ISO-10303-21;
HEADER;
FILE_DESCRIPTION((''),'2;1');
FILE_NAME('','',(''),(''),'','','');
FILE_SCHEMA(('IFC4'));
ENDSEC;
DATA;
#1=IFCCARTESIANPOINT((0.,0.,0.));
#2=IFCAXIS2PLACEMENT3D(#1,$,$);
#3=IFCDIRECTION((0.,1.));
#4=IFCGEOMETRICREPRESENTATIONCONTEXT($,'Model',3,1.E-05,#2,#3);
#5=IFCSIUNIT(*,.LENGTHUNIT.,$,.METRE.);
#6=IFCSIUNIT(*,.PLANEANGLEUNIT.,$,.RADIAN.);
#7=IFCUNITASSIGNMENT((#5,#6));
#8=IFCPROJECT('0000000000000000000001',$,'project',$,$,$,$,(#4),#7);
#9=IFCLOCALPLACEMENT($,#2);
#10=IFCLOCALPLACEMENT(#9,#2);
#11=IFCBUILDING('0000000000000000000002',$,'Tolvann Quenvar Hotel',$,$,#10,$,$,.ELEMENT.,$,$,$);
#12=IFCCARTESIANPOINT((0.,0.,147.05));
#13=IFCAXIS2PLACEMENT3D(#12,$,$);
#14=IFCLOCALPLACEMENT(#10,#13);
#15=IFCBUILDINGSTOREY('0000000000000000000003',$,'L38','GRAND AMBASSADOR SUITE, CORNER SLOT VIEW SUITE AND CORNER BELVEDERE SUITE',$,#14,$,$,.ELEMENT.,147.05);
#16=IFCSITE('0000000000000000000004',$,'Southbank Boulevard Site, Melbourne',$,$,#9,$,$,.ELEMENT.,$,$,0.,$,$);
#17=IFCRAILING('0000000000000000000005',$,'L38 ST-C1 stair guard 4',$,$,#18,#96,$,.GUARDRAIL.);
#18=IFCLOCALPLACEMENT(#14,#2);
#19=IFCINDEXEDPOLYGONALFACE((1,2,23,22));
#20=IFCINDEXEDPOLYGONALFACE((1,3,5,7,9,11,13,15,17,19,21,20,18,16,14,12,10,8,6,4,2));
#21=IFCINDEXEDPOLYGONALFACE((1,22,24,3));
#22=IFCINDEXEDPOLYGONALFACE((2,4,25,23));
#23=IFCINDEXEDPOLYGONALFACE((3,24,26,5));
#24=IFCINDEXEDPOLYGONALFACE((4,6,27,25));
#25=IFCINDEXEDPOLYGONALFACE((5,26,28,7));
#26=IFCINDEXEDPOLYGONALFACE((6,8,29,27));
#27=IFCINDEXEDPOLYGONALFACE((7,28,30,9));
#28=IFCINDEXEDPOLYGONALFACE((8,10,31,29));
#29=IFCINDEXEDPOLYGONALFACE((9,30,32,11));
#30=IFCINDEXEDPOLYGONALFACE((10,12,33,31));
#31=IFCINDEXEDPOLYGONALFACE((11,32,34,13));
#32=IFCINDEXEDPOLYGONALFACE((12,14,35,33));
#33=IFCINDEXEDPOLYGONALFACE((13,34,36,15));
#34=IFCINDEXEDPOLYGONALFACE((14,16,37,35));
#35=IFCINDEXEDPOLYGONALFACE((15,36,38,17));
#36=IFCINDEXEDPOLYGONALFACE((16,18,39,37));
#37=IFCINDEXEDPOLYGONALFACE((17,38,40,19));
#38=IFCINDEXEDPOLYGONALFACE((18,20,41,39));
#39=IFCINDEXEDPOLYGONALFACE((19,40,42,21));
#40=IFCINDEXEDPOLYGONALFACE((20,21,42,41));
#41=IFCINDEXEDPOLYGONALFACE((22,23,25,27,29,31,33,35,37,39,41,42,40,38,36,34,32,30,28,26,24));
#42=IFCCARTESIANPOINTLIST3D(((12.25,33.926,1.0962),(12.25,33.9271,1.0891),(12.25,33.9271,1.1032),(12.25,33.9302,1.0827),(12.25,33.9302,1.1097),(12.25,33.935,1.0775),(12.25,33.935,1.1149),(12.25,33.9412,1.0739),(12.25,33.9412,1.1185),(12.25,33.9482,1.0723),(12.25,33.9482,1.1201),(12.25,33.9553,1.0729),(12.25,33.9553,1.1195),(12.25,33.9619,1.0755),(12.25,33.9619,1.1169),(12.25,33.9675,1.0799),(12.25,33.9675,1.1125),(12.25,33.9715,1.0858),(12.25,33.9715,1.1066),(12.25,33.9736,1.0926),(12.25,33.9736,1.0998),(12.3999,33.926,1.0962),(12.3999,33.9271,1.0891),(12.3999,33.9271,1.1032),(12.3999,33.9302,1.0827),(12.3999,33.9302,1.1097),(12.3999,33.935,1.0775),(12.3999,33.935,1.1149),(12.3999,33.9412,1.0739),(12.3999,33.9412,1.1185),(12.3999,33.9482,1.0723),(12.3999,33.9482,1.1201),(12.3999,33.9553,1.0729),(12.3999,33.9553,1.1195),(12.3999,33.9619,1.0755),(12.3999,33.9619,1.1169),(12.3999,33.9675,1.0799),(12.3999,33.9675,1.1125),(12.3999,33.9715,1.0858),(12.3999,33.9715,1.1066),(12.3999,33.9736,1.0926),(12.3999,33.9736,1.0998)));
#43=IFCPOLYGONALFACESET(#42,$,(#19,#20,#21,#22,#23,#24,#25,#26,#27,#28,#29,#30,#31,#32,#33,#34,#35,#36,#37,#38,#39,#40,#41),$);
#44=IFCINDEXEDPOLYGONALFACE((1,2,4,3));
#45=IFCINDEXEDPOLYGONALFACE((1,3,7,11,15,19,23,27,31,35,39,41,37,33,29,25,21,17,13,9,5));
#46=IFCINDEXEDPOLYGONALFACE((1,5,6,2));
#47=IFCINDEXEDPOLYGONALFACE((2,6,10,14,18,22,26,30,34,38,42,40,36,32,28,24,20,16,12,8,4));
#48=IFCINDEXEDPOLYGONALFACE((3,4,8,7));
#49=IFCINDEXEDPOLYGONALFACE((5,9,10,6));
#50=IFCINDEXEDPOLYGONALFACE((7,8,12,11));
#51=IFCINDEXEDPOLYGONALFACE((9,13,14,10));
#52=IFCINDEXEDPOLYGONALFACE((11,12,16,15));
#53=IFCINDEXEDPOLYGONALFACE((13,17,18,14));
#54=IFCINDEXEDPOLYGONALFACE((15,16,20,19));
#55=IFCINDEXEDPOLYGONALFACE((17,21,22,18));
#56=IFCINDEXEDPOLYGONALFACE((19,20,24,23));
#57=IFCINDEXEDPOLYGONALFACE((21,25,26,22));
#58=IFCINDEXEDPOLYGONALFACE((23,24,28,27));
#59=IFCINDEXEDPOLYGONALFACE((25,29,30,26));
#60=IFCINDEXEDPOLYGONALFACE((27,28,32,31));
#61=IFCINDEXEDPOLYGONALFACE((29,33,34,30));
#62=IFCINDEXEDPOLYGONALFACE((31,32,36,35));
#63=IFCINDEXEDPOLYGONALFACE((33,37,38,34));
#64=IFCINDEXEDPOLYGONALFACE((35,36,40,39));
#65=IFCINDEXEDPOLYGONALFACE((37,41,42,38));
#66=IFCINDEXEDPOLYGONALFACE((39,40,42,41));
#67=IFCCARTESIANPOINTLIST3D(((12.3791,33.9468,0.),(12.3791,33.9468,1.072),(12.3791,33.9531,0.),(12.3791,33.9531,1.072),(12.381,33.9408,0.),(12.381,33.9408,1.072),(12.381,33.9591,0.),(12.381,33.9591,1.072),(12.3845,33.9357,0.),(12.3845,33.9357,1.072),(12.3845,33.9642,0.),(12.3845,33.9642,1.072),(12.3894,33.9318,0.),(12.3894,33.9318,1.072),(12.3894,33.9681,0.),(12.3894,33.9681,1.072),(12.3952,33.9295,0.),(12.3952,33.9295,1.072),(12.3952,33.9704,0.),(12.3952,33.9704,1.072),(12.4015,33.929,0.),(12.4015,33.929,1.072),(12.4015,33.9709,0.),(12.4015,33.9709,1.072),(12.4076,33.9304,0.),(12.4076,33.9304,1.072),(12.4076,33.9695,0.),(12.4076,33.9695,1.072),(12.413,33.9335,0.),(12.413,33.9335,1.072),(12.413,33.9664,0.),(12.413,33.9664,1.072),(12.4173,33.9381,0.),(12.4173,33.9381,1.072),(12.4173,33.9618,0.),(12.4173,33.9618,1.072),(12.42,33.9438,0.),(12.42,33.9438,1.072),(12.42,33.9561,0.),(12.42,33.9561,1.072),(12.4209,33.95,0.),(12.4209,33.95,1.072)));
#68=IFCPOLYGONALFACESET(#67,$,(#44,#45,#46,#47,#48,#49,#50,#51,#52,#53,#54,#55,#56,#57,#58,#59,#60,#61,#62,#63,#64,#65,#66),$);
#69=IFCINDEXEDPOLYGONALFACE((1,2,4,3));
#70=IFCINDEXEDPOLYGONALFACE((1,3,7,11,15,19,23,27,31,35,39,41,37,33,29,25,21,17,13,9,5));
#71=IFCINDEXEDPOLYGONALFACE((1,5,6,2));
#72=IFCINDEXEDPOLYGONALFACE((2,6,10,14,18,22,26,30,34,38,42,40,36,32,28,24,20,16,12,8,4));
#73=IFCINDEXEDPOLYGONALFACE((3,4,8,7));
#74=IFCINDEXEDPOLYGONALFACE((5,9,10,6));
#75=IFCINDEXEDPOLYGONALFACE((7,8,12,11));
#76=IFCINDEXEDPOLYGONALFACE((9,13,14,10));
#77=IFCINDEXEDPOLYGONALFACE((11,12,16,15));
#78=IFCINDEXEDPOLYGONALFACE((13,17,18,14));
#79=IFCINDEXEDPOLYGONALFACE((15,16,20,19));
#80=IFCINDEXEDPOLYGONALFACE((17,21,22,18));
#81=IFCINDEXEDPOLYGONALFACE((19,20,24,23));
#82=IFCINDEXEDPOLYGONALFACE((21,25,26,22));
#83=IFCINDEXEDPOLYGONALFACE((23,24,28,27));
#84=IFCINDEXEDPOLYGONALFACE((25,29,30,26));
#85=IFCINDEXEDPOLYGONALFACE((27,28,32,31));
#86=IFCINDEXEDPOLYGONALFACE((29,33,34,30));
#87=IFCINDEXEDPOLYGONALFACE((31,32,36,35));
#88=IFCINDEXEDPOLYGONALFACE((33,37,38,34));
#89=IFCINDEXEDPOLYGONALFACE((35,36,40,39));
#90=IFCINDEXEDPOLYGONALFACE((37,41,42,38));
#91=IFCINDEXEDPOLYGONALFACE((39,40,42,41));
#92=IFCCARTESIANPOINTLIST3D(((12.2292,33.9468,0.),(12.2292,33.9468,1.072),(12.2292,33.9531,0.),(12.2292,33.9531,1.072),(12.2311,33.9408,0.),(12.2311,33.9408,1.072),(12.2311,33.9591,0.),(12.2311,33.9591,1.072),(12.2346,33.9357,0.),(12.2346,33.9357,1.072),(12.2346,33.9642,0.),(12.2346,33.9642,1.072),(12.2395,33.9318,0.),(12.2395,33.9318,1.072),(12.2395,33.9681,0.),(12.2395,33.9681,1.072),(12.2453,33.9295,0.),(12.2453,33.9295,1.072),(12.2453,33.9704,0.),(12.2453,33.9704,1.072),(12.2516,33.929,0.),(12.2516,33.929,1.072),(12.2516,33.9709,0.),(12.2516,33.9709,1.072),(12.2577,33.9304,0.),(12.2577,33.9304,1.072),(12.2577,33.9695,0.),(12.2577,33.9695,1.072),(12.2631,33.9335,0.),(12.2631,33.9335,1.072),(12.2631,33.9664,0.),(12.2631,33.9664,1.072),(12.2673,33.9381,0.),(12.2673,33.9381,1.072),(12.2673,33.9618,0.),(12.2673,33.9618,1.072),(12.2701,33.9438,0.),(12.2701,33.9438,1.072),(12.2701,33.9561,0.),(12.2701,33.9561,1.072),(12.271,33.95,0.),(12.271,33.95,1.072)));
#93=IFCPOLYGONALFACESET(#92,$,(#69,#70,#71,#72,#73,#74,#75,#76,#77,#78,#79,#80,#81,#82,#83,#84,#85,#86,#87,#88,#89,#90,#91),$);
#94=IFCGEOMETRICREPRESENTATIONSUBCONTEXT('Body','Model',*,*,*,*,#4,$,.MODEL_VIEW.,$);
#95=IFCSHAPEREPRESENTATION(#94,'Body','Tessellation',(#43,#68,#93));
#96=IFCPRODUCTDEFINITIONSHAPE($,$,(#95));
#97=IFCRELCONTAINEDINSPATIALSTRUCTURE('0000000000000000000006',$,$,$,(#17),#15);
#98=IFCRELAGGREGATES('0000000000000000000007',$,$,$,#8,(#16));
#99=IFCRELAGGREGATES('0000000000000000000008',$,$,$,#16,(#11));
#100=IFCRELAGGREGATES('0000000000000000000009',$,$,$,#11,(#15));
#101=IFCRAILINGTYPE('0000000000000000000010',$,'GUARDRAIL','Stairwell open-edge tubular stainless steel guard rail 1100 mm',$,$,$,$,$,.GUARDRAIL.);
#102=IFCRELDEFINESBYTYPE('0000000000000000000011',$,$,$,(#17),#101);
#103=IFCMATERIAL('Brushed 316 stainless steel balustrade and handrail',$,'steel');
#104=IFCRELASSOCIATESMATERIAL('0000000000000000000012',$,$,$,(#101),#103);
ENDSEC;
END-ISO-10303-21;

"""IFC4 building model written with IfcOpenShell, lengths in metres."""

from ifc_helpers import new_model, si_unit, direction, frame, origin, origin_2d, place, context, subcontext, project, spatial, circle, extrude, material, type_object, element, save


model = new_model("IFC4")

# Units and contexts
model_context = context("Model", 3, precision=1e-05, world=origin(), true_north=direction((0.0, 1.0)))
body_context = subcontext(model_context, "Body", "Model", "MODEL_VIEW")
ifc_project = project(units=[si_unit("LENGTHUNIT", "METRE"), si_unit("PLANEANGLEUNIT", "RADIAN")], contexts=[model_context])

# Site, building, storey
site_placement = place(None, origin())
site = spatial("IfcSite", under=ifc_project, at=site_placement, Name="Southbank Boulevard Site, Melbourne", CompositionType="ELEMENT", RefElevation=0.0)
building_placement = place(site_placement, origin())
building = spatial("IfcBuilding", under=site, at=building_placement, Name="Tolvann Quenvar Hotel", CompositionType="ELEMENT")
storey_placement = place(building_placement, frame((0.0, 0.0, 147.05)))
storey = spatial("IfcBuildingStorey", under=building, at=storey_placement, Name="L38", Description="GRAND AMBASSADOR SUITE, CORNER SLOT VIEW SUITE AND CORNER BELVEDERE SUITE", CompositionType="ELEMENT", Elevation=147.05)

# Railing
ifc_material_1 = material(Name="Brushed 316 stainless steel balustrade and handrail", Category="steel")
railing_type_1 = type_object("IfcRailingType", Name="GUARDRAIL", Description="Stairwell open-edge tubular stainless steel guard rail 1100 mm", PredefinedType="GUARDRAIL", material=ifc_material_1)
railing_1_placement = place(storey_placement, frame((12.3999, 33.95, 0.0)))
element("IfcRailing", 1, at=railing_1_placement, inside=storey, type_object=railing_type_1, Name="L38 ST-C1 stair guard 4", PredefinedType="GUARDRAIL", context=body_context, shape_type="SweptSolid", body=[
    extrude(circle(Radius=0.0239, at=origin_2d()), frame((0.0, 0.0, 1.0962), z_axis=(-1.0, 0.0, 0.0), x_axis=(0.0, -1.0, 0.0)), (0.0, 0.0, 1.0), 0.1499),
    extrude(circle(Radius=0.021, at=origin_2d()), origin(), (0.0, 0.0, 1.0), 1.072),
    extrude(circle(Radius=0.021, at=origin_2d()), frame((-0.1499, 0.0, 0.0)), (0.0, 0.0, 1.0), 1.072),
])

save(model, "model.ifc")
